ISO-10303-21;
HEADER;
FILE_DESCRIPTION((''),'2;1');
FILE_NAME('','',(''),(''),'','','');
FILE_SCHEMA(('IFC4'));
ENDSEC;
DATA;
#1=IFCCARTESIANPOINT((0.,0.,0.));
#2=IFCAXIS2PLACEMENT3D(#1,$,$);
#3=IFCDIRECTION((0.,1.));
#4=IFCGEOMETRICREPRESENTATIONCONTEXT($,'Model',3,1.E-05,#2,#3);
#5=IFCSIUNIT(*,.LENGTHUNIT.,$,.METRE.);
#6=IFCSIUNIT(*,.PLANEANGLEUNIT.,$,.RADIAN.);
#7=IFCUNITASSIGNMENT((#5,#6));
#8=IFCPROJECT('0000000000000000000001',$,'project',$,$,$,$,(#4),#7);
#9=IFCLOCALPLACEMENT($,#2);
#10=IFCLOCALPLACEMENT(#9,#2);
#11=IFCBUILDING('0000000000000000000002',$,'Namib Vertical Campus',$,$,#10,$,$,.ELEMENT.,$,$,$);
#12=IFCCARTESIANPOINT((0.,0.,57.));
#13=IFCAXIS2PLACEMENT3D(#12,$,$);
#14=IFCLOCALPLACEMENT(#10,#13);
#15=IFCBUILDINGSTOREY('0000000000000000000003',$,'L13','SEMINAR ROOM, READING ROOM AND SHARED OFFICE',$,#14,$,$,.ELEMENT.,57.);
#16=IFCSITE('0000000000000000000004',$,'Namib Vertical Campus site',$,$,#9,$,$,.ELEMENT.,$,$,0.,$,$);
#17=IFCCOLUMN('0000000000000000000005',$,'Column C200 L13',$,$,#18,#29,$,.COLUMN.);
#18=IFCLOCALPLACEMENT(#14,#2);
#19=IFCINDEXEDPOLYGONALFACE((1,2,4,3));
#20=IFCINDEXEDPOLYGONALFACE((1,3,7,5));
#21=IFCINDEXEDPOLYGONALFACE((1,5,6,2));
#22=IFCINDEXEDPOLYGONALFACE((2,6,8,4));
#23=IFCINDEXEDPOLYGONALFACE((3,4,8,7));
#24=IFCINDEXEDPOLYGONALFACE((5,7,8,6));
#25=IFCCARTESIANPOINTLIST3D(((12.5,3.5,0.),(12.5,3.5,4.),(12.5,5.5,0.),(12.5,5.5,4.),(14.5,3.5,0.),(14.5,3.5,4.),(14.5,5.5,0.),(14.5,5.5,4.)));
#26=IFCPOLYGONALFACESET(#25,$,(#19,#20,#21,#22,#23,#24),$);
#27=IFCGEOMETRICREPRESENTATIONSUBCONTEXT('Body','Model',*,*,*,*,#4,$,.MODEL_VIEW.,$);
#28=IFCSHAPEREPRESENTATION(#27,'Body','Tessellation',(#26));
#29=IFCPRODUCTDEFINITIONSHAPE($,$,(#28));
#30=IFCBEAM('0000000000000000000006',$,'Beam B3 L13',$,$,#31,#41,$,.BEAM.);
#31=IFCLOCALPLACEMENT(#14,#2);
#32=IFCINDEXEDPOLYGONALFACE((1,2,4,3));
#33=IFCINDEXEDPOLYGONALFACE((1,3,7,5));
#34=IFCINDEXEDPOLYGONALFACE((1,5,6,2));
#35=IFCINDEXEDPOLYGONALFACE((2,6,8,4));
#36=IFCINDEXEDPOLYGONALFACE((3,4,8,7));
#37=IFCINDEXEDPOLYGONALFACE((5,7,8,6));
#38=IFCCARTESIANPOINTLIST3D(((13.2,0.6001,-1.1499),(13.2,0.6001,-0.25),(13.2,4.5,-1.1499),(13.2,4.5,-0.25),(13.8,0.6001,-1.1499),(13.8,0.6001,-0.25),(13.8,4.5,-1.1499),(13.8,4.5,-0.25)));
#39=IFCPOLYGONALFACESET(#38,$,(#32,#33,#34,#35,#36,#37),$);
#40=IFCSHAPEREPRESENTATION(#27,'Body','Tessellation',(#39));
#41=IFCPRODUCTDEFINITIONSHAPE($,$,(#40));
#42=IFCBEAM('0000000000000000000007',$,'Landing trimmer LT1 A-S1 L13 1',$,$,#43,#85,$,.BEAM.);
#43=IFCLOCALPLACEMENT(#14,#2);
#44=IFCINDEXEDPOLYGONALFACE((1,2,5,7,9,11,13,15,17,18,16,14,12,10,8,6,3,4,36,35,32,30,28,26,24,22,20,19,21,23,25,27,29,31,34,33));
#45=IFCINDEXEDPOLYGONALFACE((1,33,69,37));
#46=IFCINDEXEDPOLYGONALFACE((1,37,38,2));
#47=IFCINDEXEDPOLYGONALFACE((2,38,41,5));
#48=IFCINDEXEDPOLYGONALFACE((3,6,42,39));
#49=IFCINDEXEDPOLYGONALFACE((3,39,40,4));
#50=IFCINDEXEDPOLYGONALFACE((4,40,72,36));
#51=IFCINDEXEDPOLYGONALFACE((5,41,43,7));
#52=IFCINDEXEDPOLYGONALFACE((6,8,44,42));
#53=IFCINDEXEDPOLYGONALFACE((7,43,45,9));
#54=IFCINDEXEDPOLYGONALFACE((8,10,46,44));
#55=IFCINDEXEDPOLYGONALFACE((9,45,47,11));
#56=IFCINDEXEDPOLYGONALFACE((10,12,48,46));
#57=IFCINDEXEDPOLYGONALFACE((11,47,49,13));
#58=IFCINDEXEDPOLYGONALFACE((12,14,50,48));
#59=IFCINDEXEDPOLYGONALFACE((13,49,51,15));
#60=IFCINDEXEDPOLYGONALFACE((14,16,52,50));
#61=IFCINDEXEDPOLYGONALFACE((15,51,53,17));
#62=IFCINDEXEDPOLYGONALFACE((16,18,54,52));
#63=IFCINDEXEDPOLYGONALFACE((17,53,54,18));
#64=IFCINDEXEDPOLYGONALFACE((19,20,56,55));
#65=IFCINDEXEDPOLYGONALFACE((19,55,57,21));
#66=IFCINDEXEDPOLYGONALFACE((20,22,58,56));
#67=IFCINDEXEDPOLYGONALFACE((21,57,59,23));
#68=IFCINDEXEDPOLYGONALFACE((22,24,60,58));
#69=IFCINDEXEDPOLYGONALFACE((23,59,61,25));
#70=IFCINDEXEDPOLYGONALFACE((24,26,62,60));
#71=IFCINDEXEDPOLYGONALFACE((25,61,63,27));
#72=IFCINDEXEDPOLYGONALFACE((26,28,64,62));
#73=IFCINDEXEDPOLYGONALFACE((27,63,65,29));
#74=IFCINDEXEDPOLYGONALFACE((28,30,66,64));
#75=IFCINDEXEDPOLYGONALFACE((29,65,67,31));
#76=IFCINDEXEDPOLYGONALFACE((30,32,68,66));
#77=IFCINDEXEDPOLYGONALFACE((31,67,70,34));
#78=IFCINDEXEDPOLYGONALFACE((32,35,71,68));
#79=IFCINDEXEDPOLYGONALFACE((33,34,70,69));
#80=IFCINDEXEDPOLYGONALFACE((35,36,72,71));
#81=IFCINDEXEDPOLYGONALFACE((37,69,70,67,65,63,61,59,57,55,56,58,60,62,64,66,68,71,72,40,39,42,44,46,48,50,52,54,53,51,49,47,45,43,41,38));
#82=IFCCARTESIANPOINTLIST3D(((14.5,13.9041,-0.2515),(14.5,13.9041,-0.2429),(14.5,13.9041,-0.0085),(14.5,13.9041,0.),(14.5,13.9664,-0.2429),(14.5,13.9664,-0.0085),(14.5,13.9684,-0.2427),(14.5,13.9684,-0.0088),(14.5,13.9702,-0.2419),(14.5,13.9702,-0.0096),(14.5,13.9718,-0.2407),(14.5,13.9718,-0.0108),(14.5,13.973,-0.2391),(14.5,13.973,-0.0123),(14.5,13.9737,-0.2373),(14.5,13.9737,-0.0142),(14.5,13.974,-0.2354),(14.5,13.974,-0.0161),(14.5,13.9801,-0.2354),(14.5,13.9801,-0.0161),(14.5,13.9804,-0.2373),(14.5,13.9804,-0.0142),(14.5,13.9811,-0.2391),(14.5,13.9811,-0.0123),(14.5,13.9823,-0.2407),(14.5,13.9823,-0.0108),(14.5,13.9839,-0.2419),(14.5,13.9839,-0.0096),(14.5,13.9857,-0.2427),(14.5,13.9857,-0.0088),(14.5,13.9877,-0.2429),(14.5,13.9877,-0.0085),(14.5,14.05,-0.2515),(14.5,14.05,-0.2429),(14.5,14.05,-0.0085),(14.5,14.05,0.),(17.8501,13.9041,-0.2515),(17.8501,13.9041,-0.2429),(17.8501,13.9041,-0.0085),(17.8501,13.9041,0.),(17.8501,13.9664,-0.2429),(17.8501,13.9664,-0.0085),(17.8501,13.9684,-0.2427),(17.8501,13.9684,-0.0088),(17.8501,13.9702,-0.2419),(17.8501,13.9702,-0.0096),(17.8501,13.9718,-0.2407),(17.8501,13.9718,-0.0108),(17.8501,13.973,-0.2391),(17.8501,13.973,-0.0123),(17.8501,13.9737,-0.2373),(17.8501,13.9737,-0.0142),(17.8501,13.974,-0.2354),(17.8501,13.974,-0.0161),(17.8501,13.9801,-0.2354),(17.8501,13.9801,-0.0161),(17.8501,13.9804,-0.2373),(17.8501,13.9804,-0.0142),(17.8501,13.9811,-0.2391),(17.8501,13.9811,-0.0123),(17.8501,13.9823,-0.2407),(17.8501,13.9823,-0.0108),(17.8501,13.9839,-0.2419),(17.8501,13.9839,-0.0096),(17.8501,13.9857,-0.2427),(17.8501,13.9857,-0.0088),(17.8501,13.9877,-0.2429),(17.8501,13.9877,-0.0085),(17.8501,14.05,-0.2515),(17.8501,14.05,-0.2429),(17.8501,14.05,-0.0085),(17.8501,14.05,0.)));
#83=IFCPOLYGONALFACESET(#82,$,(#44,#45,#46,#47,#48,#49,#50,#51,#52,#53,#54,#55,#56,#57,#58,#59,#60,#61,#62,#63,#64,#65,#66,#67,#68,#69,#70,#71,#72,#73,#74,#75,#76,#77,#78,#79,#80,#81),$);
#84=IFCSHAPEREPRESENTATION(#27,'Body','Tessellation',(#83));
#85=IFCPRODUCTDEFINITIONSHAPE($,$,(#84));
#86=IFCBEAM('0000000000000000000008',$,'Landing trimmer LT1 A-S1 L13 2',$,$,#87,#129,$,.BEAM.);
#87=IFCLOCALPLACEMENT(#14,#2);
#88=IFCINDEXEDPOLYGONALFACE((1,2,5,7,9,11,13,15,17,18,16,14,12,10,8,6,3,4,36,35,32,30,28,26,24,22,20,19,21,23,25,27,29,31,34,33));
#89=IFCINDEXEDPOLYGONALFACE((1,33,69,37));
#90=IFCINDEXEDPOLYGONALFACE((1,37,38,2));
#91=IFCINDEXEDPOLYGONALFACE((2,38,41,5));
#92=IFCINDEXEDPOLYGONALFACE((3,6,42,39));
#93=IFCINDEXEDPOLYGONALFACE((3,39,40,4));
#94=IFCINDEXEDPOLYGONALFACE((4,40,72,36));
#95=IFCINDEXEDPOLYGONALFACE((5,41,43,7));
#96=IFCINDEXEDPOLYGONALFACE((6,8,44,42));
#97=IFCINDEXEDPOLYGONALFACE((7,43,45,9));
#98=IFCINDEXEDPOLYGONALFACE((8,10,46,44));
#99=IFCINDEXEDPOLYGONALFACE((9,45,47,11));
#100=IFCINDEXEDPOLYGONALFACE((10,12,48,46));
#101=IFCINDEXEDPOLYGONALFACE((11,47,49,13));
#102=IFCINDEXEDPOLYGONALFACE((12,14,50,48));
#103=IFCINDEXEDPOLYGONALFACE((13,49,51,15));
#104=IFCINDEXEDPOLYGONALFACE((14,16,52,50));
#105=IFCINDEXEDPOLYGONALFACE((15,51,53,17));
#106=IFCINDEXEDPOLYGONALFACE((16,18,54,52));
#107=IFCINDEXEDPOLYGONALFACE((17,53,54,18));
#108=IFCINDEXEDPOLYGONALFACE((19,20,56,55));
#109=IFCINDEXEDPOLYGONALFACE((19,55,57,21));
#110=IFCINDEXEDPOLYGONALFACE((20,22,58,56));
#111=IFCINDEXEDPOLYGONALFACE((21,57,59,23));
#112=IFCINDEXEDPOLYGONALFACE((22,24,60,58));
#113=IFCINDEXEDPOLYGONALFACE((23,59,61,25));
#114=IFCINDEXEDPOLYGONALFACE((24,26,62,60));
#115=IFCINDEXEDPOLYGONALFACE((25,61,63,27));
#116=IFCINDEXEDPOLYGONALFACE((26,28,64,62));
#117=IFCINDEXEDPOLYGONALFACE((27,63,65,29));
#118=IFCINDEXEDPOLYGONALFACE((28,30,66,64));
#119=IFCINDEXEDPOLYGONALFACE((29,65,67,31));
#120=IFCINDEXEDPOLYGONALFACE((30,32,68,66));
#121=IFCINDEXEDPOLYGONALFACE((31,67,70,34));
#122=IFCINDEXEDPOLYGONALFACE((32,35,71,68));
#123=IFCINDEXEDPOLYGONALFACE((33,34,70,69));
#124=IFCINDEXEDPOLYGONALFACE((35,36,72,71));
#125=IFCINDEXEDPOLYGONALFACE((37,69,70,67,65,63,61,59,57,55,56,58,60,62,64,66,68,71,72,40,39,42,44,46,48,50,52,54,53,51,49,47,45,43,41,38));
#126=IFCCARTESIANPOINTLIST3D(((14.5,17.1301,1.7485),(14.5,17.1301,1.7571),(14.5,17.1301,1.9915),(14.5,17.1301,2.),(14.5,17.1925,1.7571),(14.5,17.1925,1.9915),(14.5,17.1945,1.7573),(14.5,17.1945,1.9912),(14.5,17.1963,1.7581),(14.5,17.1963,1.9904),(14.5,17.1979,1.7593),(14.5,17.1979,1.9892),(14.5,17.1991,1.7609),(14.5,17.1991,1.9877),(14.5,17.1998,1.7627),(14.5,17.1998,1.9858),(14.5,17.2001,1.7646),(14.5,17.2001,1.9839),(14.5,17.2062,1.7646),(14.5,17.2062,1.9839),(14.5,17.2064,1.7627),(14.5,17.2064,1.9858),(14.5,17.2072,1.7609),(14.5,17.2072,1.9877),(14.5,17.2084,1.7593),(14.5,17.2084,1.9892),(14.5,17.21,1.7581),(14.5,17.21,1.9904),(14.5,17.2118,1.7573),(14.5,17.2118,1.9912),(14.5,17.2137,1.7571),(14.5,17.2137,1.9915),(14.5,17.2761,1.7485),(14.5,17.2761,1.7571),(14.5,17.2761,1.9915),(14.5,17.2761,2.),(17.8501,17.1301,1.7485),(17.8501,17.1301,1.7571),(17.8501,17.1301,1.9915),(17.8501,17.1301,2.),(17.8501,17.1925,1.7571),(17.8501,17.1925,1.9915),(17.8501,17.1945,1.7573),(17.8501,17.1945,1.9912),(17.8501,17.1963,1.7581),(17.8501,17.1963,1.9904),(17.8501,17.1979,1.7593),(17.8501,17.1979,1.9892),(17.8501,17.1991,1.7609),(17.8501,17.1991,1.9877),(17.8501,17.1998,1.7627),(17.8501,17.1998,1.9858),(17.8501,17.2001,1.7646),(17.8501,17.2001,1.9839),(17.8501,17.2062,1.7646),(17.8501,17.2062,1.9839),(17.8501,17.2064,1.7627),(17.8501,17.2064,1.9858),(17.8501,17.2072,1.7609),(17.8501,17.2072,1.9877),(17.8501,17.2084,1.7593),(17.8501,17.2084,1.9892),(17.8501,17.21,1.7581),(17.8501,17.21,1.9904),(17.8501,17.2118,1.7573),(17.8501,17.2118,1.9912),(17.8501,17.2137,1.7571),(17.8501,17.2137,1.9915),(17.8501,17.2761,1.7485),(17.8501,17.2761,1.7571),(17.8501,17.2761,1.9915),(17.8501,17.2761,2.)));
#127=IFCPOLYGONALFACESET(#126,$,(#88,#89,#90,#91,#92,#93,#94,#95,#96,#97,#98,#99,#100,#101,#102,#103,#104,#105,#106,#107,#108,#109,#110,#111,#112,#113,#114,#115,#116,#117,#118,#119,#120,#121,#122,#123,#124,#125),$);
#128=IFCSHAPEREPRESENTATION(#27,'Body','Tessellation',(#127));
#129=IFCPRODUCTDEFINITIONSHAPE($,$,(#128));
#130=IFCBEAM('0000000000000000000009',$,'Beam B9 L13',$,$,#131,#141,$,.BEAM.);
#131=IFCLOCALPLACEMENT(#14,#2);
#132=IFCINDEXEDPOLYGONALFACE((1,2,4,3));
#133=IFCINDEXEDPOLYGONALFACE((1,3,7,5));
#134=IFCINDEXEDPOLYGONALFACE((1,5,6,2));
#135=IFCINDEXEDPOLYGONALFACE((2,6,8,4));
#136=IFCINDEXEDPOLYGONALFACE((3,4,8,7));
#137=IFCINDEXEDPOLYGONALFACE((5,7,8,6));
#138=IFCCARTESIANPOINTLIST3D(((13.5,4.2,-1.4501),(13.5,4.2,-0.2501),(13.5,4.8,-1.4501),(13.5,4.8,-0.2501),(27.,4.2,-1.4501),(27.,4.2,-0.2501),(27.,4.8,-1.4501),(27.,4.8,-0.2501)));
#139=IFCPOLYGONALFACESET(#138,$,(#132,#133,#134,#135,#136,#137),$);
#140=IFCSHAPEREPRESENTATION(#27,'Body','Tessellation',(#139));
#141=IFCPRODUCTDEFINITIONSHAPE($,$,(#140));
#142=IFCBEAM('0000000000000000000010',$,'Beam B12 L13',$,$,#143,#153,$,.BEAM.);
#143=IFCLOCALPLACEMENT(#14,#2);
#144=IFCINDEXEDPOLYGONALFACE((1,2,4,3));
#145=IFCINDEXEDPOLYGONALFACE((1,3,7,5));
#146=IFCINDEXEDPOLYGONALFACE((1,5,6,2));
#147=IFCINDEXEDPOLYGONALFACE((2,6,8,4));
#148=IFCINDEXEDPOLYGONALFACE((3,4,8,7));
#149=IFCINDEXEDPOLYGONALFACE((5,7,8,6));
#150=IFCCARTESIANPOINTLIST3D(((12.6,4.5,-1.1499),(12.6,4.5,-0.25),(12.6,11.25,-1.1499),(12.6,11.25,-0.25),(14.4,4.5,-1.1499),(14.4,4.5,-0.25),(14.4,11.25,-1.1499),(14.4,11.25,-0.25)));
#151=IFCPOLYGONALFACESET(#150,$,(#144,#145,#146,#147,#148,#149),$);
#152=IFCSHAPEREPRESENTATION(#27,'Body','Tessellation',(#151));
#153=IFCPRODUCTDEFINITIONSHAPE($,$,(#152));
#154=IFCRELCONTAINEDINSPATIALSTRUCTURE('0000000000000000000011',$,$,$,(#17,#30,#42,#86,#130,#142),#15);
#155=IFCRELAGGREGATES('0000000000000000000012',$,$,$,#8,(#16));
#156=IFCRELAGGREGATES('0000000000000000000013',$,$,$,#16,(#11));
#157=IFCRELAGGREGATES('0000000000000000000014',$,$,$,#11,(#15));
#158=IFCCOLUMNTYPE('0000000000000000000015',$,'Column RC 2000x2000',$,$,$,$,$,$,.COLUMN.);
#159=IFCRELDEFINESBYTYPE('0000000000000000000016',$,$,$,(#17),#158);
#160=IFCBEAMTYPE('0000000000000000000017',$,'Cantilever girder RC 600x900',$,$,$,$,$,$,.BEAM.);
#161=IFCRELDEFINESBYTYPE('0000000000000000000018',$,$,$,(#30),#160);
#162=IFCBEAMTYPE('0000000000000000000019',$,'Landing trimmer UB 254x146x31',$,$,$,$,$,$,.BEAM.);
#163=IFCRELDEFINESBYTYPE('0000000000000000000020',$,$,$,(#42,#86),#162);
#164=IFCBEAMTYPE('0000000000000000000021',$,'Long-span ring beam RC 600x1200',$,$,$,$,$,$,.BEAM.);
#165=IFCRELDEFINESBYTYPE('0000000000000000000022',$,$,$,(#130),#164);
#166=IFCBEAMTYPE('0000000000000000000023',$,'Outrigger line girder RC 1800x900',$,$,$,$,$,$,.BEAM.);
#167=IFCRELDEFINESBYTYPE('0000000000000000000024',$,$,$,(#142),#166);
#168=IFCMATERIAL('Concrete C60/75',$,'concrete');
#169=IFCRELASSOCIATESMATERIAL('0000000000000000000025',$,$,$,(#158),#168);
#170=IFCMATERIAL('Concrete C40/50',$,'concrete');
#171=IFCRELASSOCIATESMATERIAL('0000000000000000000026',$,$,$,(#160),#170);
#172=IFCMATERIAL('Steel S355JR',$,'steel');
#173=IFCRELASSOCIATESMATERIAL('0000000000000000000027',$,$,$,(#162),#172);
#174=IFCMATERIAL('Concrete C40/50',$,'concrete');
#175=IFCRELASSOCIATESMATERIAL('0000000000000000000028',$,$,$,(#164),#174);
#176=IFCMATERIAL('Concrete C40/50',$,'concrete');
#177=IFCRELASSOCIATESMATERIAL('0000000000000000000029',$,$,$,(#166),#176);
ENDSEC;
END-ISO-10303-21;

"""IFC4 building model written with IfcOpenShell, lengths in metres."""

from ifc_helpers import new_model, si_unit, direction, frame, origin, origin_2d, place, context, subcontext, project, spatial, rectangle, i_section, extrude, material, material_profile, profile_set, type_object, element, save


model = new_model("IFC4")

# Units and contexts
model_context = context("Model", 3, precision=1e-05, world=origin(), true_north=direction((0.0, 1.0)))
body_context = subcontext(model_context, "Body", "Model", "MODEL_VIEW")
ifc_project = project(units=[si_unit("LENGTHUNIT", "METRE"), si_unit("PLANEANGLEUNIT", "RADIAN")], contexts=[model_context])

# Site, building, storey
site_placement = place(None, origin())
site = spatial("IfcSite", under=ifc_project, at=site_placement, Name="Namib Vertical Campus site", CompositionType="ELEMENT", RefElevation=0.0)
building_placement = place(site_placement, origin())
building = spatial("IfcBuilding", under=site, at=building_placement, Name="Namib Vertical Campus", CompositionType="ELEMENT")
storey_placement = place(building_placement, frame((0.0, 0.0, 57.0)))
storey = spatial("IfcBuildingStorey", under=building, at=storey_placement, Name="L13", Description="SEMINAR ROOM, READING ROOM AND SHARED OFFICE", CompositionType="ELEMENT", Elevation=57.0)

# Column
ifc_material_1 = material(Name="Concrete C60/75", Category="concrete")
ifc_material_profile_1 = material_profile(ifc_material_1, rectangle(XDim=2.0, YDim=2.0, at=origin_2d()))
ifc_profile_set_1 = profile_set([ifc_material_profile_1], Name="Concrete C60/75")
column_type = type_object("IfcColumnType", Name="Column RC 2000x2000", PredefinedType="COLUMN", material=ifc_profile_set_1)
column_placement = place(storey_placement, frame((13.5, 4.5, 0.0), z_axis=(0.0, 0.0, 1.0), x_axis=(1.0, 0.0, 0.0)))
element("IfcColumn", 1, at=column_placement, inside=storey, type_object=column_type, Name="Column C200 L13", PredefinedType="COLUMN", context=body_context, shape_type="SweptSolid", body=[
    extrude(rectangle(XDim=2.0, YDim=2.0, at=origin_2d()), origin(), (0.0, 0.0, 1.0), 4.0),
])

# Beams
ifc_material_2 = material(Name="Concrete C40/50", Category="concrete")
ifc_material_profile_2 = material_profile(ifc_material_2, rectangle(XDim=0.6001, YDim=0.8999, at=origin_2d()))
ifc_profile_set_2 = profile_set([ifc_material_profile_2], Name="Concrete C40/50")
beam_type_1 = type_object("IfcBeamType", Name="Cantilever girder RC 600x900", PredefinedType="BEAM", material=ifc_profile_set_2)
beam_1_placement = place(storey_placement, frame((13.5, 4.5, -0.7), z_axis=(0.0, -1.0, 0.0), x_axis=(1.0, 0.0, 0.0)))
element("IfcBeam", 2, at=beam_1_placement, inside=storey, type_object=beam_type_1, Name="Beam B3 L13", PredefinedType="BEAM", context=body_context, shape_type="SweptSolid", body=[
    extrude(rectangle(XDim=0.6001, YDim=0.8999, at=origin_2d()), origin(), (0.0, 0.0, 1.0), 3.8999),
])
ifc_material_3 = material(Name="Steel S355JR", Category="steel")
ifc_material_profile_3 = material_profile(ifc_material_3, i_section(OverallWidth=0.146, OverallDepth=0.2515, WebThickness=0.0061, FlangeThickness=0.0085, FilletRadius=0.0076, at=origin_2d()))
ifc_profile_set_3 = profile_set([ifc_material_profile_3], Name="Steel S355JR")
beam_type_2 = type_object("IfcBeamType", Name="Landing trimmer UB 254x146x31", PredefinedType="BEAM", material=ifc_profile_set_3)
for number, where, z_axis, x_axis, name in (
    (3, (14.5, 13.9771, -0.1257), (1.0, 0.0, 0.0), (0.0, 1.0, 0.0), "Landing trimmer LT1 A-S1 L13 1"),
    (4, (14.5, 17.2031, 1.8743), (1.0, 0.0, 0.0), (0.0, 1.0, 0.0), "Landing trimmer LT1 A-S1 L13 2"),
):
    element("IfcBeam", number, at=place(storey_placement, frame(where, z_axis=z_axis, x_axis=x_axis)), inside=storey, type_object=beam_type_2, Name=name, PredefinedType="BEAM", context=body_context, shape_type="SweptSolid", body=[
        extrude(i_section(OverallWidth=0.146, OverallDepth=0.2515, WebThickness=0.0061, FlangeThickness=0.0085, FilletRadius=0.0076, at=origin_2d()), origin(), (0.0, 0.0, 1.0), 3.3501),
    ])
ifc_material_4 = material(Name="Concrete C40/50", Category="concrete")
ifc_material_profile_4 = material_profile(ifc_material_4, rectangle(XDim=0.6001, YDim=1.2, at=origin_2d()))
ifc_profile_set_4 = profile_set([ifc_material_profile_4], Name="Concrete C40/50")
beam_type_3 = type_object("IfcBeamType", Name="Long-span ring beam RC 600x1200", PredefinedType="BEAM", material=ifc_profile_set_4)
beam_2_placement = place(storey_placement, frame((13.5, 4.5, -0.8501), z_axis=(1.0, 0.0, 0.0), x_axis=(0.0, 1.0, 0.0)))
element("IfcBeam", 5, at=beam_2_placement, inside=storey, type_object=beam_type_3, Name="Beam B9 L13", PredefinedType="BEAM", context=body_context, shape_type="SweptSolid", body=[
    extrude(rectangle(XDim=0.6001, YDim=1.2, at=origin_2d()), origin(), (0.0, 0.0, 1.0), 13.5),
])
ifc_material_5 = material(Name="Concrete C40/50", Category="concrete")
ifc_material_profile_5 = material_profile(ifc_material_5, rectangle(XDim=1.8, YDim=0.8999, at=origin_2d()))
ifc_profile_set_5 = profile_set([ifc_material_profile_5], Name="Concrete C40/50")
beam_type_4 = type_object("IfcBeamType", Name="Outrigger line girder RC 1800x900", PredefinedType="BEAM", material=ifc_profile_set_5)
beam_3_placement = place(storey_placement, frame((13.5, 4.5, -0.7), z_axis=(0.0, 1.0, 0.0), x_axis=(-1.0, 0.0, 0.0)))
element("IfcBeam", 6, at=beam_3_placement, inside=storey, type_object=beam_type_4, Name="Beam B12 L13", PredefinedType="BEAM", context=body_context, shape_type="SweptSolid", body=[
    extrude(rectangle(XDim=1.8, YDim=0.8999, at=origin_2d()), origin(), (0.0, 0.0, 1.0), 6.75),
])

save(model, "model.ifc")
